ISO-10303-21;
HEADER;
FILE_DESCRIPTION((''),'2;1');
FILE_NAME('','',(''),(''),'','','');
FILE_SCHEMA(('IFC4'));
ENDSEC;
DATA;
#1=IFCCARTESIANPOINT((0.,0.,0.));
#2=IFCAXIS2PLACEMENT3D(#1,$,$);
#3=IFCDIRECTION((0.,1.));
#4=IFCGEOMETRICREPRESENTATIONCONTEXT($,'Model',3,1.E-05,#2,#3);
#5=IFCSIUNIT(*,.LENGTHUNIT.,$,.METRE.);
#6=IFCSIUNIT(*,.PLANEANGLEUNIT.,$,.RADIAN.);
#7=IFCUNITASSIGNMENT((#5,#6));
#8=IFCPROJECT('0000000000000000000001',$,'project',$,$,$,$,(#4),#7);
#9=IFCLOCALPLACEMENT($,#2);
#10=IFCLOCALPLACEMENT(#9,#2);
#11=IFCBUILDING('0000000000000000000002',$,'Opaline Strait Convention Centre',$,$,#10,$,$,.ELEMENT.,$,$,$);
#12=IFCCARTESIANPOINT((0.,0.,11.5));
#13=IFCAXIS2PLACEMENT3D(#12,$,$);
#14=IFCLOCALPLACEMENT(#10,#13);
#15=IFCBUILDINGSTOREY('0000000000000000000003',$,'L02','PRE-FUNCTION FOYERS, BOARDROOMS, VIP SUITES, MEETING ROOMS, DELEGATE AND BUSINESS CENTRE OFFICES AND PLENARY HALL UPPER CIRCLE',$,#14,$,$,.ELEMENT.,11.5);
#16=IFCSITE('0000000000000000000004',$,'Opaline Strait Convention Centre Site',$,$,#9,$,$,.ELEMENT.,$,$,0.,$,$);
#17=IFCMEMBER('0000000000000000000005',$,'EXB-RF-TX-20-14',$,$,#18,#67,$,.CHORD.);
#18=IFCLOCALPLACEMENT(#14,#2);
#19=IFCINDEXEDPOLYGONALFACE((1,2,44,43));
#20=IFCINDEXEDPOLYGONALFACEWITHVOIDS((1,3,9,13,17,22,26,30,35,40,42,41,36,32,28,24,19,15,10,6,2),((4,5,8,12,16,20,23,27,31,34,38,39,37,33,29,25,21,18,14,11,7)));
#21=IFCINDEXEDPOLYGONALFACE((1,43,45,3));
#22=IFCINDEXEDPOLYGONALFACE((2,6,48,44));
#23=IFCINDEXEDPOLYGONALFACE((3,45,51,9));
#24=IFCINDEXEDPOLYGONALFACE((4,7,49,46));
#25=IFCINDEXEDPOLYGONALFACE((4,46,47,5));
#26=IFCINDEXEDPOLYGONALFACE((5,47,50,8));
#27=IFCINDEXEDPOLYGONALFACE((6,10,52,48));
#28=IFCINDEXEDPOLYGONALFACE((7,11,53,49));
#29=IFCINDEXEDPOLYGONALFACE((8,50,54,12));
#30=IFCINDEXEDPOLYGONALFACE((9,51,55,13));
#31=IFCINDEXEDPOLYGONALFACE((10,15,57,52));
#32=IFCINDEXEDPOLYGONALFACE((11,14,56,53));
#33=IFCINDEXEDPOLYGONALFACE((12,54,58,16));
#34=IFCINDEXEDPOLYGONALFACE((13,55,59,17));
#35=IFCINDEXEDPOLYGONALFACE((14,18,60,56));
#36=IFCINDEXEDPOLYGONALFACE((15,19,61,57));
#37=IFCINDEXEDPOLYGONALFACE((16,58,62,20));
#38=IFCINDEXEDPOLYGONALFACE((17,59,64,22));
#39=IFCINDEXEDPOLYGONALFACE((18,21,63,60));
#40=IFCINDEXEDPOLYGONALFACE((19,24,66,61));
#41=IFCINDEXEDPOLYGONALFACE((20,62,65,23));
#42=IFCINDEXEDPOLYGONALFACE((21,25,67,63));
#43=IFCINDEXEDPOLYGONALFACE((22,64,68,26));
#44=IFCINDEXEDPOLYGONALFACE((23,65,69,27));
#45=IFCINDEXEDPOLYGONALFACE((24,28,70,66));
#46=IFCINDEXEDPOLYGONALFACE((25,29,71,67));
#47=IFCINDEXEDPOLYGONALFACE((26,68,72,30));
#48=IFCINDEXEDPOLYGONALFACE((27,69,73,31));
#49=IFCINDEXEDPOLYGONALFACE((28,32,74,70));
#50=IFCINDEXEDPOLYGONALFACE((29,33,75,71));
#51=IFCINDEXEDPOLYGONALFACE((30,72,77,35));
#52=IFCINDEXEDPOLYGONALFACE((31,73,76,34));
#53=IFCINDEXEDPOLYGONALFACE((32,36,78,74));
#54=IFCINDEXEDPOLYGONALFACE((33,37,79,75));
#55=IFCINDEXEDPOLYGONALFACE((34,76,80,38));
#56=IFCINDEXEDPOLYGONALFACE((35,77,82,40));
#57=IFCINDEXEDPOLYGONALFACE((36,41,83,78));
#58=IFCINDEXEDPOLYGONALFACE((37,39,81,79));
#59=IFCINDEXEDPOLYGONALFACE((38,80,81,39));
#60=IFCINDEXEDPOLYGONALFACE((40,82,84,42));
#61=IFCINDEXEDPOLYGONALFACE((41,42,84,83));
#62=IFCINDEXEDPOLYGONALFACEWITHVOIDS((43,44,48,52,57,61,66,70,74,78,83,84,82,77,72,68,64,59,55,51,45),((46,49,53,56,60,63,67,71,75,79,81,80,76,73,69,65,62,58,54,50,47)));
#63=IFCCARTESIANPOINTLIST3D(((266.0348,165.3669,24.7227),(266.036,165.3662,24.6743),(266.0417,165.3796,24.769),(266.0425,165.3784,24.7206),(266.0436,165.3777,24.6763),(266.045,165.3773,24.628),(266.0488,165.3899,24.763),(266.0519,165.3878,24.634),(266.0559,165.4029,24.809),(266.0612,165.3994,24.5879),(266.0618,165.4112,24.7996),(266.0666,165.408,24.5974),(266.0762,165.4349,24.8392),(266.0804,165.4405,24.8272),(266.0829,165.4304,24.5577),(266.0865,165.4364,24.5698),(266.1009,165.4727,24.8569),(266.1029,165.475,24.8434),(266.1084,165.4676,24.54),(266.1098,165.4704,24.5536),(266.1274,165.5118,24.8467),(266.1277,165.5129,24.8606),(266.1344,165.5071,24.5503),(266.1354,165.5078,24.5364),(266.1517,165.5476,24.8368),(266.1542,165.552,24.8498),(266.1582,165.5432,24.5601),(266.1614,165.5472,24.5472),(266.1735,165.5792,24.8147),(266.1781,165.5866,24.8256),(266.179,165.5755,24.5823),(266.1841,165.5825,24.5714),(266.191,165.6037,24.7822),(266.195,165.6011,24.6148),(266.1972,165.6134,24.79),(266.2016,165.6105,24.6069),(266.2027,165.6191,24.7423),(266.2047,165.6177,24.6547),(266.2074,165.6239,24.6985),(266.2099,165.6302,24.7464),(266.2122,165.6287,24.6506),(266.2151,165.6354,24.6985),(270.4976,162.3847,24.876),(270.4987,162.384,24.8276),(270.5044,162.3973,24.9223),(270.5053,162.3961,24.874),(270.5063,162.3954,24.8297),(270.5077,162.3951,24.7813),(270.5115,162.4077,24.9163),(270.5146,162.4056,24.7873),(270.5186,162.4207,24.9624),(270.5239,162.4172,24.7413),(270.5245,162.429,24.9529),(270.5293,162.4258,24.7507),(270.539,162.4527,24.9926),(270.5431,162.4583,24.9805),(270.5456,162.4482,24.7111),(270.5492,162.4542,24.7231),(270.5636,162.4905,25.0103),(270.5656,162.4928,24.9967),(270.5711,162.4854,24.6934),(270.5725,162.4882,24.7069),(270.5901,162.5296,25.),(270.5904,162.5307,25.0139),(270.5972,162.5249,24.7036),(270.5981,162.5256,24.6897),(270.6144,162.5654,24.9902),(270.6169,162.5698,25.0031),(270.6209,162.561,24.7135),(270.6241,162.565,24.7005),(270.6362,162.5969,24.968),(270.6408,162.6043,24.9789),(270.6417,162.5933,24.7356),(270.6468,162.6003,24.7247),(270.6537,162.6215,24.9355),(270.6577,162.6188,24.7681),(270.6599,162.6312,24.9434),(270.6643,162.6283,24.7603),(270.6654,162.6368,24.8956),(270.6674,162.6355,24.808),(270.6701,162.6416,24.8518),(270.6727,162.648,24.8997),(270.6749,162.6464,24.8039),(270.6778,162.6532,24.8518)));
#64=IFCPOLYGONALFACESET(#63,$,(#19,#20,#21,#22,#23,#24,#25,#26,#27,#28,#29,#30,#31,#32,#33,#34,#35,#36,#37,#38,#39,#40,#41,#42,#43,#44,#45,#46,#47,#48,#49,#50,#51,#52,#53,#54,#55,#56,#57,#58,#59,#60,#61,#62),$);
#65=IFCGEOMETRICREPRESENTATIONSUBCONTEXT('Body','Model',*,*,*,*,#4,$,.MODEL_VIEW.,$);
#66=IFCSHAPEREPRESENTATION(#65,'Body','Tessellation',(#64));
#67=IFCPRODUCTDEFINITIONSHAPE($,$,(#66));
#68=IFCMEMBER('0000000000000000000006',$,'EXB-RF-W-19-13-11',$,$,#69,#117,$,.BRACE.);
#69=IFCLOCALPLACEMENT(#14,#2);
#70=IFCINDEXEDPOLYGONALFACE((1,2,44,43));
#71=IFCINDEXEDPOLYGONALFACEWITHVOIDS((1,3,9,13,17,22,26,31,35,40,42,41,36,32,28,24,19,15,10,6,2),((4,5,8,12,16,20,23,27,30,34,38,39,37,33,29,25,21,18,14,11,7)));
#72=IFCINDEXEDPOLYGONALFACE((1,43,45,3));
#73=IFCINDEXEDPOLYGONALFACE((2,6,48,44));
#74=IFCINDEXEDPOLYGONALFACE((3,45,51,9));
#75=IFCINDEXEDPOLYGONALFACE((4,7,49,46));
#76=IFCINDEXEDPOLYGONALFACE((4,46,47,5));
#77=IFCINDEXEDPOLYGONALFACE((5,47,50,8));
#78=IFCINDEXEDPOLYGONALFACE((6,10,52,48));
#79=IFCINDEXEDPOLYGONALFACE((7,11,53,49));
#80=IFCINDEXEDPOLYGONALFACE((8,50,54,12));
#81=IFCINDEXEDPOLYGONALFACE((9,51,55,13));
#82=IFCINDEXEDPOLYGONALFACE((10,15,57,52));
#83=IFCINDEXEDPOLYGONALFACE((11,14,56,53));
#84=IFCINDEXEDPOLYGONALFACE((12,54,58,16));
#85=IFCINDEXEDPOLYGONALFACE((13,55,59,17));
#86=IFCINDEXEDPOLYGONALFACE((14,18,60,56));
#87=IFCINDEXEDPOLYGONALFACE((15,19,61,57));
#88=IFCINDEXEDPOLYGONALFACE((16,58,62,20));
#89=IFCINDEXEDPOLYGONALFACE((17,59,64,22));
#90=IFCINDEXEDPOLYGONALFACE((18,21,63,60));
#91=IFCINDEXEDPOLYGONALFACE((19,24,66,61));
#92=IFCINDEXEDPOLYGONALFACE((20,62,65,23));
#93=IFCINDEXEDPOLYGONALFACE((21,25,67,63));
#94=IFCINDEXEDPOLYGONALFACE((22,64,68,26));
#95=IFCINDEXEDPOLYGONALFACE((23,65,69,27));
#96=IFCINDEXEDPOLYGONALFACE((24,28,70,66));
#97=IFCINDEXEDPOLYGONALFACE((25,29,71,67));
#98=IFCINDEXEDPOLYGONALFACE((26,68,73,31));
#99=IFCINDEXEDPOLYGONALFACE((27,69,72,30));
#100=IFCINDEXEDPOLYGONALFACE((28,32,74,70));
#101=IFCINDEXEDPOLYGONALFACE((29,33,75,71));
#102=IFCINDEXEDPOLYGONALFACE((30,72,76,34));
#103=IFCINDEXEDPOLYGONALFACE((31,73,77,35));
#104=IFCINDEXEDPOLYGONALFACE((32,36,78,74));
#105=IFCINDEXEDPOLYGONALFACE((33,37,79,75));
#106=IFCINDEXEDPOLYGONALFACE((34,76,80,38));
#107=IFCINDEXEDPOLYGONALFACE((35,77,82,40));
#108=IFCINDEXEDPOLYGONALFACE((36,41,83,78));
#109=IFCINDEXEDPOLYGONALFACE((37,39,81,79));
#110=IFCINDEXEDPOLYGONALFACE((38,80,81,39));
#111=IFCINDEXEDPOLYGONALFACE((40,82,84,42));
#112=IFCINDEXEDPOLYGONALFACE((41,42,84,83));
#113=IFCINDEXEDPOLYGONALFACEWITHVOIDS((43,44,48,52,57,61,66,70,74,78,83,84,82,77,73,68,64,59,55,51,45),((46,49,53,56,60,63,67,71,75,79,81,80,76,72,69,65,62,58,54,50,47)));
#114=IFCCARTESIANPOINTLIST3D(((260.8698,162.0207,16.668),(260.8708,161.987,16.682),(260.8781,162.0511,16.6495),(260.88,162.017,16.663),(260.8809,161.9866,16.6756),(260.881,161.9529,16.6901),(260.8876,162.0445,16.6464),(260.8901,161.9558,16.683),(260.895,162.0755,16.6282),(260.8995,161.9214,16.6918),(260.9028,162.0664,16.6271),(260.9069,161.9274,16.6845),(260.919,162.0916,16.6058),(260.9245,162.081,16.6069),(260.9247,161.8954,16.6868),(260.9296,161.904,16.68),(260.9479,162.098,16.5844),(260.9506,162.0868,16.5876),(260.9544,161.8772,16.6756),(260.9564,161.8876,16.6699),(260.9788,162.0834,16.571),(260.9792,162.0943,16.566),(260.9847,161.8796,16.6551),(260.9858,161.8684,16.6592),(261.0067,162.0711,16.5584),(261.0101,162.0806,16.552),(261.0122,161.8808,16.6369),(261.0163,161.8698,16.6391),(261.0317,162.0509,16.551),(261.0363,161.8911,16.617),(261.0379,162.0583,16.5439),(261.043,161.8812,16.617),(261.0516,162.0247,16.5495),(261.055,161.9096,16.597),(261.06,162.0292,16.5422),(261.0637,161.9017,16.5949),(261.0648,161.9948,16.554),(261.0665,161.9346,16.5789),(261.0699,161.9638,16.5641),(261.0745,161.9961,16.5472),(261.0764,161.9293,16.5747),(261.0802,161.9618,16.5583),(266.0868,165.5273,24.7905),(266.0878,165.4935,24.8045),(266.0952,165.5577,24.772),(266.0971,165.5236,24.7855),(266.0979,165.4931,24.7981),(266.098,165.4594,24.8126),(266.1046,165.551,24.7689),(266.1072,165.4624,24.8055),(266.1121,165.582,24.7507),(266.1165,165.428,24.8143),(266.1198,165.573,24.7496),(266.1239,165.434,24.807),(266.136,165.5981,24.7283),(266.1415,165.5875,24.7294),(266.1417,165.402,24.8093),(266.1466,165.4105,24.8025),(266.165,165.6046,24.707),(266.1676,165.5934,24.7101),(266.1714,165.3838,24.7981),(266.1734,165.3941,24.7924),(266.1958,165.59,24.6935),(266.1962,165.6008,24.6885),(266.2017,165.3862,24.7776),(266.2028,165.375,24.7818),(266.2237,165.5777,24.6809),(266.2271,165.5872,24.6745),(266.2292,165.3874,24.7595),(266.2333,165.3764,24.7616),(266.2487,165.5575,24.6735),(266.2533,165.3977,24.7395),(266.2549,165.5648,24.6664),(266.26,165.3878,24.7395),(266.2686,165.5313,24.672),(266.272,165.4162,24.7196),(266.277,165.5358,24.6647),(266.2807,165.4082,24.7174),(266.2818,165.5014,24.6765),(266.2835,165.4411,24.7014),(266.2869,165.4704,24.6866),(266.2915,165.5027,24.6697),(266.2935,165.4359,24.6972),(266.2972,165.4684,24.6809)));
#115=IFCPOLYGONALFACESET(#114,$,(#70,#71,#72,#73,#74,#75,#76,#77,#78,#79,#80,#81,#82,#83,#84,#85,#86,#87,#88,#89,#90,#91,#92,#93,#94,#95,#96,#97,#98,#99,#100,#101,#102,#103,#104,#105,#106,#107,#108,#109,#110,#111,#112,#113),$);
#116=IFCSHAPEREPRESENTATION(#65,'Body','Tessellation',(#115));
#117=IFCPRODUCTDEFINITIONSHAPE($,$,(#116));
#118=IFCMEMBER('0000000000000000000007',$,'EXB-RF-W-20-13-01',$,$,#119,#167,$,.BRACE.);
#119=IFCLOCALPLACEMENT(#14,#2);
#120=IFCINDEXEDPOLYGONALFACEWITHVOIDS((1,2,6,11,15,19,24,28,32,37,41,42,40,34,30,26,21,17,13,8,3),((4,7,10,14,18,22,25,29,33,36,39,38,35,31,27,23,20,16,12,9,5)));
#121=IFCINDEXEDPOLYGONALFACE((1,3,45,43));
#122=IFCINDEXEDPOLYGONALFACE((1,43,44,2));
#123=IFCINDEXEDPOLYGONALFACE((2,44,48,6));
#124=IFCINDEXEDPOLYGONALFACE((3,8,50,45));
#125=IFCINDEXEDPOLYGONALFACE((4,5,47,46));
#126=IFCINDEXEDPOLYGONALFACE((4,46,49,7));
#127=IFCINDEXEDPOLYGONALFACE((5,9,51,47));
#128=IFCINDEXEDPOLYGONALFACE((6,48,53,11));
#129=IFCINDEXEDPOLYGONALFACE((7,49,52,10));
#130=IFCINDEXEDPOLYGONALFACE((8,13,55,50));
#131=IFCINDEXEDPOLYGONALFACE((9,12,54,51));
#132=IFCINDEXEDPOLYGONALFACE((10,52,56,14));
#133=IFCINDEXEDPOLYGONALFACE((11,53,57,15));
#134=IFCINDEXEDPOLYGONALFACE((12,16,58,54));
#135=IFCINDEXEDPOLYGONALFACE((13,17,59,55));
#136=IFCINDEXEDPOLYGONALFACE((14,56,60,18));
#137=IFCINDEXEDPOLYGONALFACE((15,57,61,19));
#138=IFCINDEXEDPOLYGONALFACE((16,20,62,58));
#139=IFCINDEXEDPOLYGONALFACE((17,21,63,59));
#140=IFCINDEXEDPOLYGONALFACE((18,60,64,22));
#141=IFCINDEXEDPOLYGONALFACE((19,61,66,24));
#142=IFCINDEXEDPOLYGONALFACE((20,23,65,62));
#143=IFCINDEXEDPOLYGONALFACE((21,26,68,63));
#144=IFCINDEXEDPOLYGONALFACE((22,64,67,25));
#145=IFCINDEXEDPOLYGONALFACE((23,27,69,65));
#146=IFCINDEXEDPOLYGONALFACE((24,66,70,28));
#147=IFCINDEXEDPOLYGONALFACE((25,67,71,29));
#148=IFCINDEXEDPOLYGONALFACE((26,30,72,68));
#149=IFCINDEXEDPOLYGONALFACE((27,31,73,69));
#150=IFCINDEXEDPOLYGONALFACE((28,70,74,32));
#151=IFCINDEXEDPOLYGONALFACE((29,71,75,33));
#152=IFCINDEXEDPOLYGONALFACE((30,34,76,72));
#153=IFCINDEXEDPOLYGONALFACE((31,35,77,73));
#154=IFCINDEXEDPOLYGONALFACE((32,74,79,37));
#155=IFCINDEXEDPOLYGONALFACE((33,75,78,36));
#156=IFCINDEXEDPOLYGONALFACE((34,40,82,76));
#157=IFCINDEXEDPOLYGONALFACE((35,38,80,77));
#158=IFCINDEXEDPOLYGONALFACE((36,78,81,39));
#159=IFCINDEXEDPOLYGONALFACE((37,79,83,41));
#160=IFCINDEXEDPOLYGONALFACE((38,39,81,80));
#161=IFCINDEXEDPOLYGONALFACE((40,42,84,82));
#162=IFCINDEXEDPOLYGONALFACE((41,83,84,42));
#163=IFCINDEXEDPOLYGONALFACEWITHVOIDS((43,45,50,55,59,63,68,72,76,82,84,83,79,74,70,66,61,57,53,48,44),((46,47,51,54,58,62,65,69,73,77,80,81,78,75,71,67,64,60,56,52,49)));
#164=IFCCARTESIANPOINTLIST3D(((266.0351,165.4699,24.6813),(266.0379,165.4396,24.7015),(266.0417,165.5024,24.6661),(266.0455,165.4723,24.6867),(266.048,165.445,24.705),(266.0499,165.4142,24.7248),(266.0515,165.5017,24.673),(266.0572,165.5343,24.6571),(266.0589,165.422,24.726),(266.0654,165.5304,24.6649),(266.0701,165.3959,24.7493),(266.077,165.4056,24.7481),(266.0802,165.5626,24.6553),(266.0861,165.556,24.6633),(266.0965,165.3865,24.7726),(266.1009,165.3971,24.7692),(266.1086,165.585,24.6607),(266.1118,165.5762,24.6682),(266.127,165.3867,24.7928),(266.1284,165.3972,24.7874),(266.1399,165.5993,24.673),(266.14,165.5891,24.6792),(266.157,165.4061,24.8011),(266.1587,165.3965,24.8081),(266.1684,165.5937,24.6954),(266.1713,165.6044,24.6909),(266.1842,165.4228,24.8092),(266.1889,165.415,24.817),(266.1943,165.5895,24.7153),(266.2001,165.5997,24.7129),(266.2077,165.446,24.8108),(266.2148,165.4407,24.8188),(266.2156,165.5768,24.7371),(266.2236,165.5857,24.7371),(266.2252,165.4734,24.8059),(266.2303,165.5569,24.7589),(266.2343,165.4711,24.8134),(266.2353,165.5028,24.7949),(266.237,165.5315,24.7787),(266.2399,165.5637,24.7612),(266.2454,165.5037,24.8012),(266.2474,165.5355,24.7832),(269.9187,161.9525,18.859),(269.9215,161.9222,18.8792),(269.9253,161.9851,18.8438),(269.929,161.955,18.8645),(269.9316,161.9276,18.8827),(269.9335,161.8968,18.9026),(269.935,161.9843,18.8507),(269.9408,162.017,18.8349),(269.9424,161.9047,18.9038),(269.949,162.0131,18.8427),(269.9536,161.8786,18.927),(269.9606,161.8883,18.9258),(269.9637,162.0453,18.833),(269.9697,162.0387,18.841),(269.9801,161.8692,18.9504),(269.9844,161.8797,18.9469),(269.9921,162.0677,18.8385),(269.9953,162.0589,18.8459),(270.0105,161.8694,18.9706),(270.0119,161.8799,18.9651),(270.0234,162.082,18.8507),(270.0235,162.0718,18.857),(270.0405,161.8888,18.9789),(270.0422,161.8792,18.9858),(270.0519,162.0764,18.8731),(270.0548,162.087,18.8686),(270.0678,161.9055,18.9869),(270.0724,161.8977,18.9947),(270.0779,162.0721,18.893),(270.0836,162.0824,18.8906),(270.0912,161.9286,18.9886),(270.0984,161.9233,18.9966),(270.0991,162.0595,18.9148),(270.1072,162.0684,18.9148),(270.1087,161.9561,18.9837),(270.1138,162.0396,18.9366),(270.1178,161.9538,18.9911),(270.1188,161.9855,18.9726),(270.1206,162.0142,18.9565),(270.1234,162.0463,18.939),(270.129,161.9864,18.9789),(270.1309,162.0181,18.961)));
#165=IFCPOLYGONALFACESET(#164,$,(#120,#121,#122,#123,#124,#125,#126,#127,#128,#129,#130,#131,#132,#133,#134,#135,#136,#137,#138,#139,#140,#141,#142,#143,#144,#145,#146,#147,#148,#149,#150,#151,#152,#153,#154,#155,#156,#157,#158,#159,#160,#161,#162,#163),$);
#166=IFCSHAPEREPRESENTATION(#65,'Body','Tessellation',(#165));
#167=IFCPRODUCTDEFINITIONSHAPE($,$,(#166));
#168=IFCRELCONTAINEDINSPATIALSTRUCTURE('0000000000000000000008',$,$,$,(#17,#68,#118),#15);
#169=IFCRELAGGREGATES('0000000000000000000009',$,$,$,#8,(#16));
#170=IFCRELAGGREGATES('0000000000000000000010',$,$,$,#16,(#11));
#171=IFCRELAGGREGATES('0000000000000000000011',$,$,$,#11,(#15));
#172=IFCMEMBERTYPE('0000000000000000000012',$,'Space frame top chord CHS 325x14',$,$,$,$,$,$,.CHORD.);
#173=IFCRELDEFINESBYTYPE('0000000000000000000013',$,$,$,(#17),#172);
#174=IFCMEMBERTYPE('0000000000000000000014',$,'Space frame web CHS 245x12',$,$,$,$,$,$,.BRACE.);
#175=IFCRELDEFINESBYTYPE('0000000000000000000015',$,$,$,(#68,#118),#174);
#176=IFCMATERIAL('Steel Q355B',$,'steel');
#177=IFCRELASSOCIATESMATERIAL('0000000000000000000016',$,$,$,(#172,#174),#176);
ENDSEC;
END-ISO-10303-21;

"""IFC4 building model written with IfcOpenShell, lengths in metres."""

from ifc_helpers import new_model, si_unit, direction, frame, origin, origin_2d, place, context, subcontext, project, spatial, hollow_circle, extrude, material, material_profile, profile_set, type_object, element, save


model = new_model("IFC4")

# Units and contexts
model_context = context("Model", 3, precision=1e-05, world=origin(), true_north=direction((0.0, 1.0)))
body_context = subcontext(model_context, "Body", "Model", "MODEL_VIEW")
ifc_project = project(units=[si_unit("LENGTHUNIT", "METRE"), si_unit("PLANEANGLEUNIT", "RADIAN")], contexts=[model_context])

# Site, building, storey
site_placement = place(None, origin())
site = spatial("IfcSite", under=ifc_project, at=site_placement, Name="Opaline Strait Convention Centre Site", CompositionType="ELEMENT", RefElevation=0.0)
building_placement = place(site_placement, origin())
building = spatial("IfcBuilding", under=site, at=building_placement, Name="Opaline Strait Convention Centre", CompositionType="ELEMENT")
storey_placement = place(building_placement, frame((0.0, 0.0, 11.5)))
storey = spatial("IfcBuildingStorey", under=building, at=storey_placement, Name="L02", Description="PRE-FUNCTION FOYERS, BOARDROOMS, VIP SUITES, MEETING ROOMS, DELEGATE AND BUSINESS CENTRE OFFICES AND PLENARY HALL UPPER CIRCLE", CompositionType="ELEMENT", Elevation=11.5)

# Members
ifc_material_1 = material(Name="Steel Q355B", Category="steel")
ifc_material_profile_1 = material_profile(ifc_material_1, hollow_circle(Radius=0.1626, WallThickness=0.0139, at=origin_2d()), Name="CHS 325x14")
ifc_profile_set_1 = profile_set([ifc_material_profile_1], Name="Steel Q355B")
member_type_1 = type_object("IfcMemberType", Name="Space frame top chord CHS 325x14", PredefinedType="CHORD", material=ifc_profile_set_1)
member_1_placement = place(storey_placement, frame((266.1248, 165.5002, 24.6985), z_axis=(0.831102, -0.555387, 0.028554), x_axis=(0.555613, 0.831441, 0.0)))
element("IfcMember", 1, at=member_1_placement, inside=storey, type_object=member_type_1, Name="EXB-RF-TX-20-14", PredefinedType="CHORD", context=body_context, shape_type="SweptSolid", body=[
    extrude(hollow_circle(Radius=0.1626, WallThickness=0.0139, at=origin_2d()), origin(), (0.0, 0.0, 1.0), 5.3696),
])
ifc_material_profile_2 = material_profile(ifc_material_1, hollow_circle(Radius=0.1226, WallThickness=0.012, at=origin_2d()), Name="CHS 245x12")
ifc_profile_set_2 = profile_set([ifc_material_profile_2], Name="Steel Q355B")
member_type_2 = type_object("IfcMemberType", Name="Space frame web CHS 245x12", PredefinedType="BRACE", material=ifc_profile_set_2)
member_2_placement = place(storey_placement, frame((266.1917, 165.4895, 24.7395), z_axis=(-0.507948, -0.341413, -0.790839), x_axis=(0.557842, -0.829947, 0.0)))
element("IfcMember", 2, at=member_2_placement, inside=storey, type_object=member_type_2, Name="EXB-RF-W-19-13-11", PredefinedType="BRACE", context=body_context, shape_type="SweptSolid", body=[
    extrude(hollow_circle(Radius=0.1226, WallThickness=0.012, at=origin_2d()), origin(), (0.0, 0.0, 1.0), 10.2708),
])
member_3_placement = place(storey_placement, frame((266.1414, 165.4949, 24.7371), z_axis=(0.495807, -0.449053, -0.743321), x_axis=(0.671296, 0.741189, 0.0)))
element("IfcMember", 3, at=member_3_placement, inside=storey, type_object=member_type_2, Name="EXB-RF-W-20-13-01", PredefinedType="BRACE", context=body_context, shape_type="SweptSolid", body=[
    extrude(hollow_circle(Radius=0.1226, WallThickness=0.012, at=origin_2d()), origin(), (0.0, 0.0, 1.0), 7.8328),
])

save(model, "model.ifc")
